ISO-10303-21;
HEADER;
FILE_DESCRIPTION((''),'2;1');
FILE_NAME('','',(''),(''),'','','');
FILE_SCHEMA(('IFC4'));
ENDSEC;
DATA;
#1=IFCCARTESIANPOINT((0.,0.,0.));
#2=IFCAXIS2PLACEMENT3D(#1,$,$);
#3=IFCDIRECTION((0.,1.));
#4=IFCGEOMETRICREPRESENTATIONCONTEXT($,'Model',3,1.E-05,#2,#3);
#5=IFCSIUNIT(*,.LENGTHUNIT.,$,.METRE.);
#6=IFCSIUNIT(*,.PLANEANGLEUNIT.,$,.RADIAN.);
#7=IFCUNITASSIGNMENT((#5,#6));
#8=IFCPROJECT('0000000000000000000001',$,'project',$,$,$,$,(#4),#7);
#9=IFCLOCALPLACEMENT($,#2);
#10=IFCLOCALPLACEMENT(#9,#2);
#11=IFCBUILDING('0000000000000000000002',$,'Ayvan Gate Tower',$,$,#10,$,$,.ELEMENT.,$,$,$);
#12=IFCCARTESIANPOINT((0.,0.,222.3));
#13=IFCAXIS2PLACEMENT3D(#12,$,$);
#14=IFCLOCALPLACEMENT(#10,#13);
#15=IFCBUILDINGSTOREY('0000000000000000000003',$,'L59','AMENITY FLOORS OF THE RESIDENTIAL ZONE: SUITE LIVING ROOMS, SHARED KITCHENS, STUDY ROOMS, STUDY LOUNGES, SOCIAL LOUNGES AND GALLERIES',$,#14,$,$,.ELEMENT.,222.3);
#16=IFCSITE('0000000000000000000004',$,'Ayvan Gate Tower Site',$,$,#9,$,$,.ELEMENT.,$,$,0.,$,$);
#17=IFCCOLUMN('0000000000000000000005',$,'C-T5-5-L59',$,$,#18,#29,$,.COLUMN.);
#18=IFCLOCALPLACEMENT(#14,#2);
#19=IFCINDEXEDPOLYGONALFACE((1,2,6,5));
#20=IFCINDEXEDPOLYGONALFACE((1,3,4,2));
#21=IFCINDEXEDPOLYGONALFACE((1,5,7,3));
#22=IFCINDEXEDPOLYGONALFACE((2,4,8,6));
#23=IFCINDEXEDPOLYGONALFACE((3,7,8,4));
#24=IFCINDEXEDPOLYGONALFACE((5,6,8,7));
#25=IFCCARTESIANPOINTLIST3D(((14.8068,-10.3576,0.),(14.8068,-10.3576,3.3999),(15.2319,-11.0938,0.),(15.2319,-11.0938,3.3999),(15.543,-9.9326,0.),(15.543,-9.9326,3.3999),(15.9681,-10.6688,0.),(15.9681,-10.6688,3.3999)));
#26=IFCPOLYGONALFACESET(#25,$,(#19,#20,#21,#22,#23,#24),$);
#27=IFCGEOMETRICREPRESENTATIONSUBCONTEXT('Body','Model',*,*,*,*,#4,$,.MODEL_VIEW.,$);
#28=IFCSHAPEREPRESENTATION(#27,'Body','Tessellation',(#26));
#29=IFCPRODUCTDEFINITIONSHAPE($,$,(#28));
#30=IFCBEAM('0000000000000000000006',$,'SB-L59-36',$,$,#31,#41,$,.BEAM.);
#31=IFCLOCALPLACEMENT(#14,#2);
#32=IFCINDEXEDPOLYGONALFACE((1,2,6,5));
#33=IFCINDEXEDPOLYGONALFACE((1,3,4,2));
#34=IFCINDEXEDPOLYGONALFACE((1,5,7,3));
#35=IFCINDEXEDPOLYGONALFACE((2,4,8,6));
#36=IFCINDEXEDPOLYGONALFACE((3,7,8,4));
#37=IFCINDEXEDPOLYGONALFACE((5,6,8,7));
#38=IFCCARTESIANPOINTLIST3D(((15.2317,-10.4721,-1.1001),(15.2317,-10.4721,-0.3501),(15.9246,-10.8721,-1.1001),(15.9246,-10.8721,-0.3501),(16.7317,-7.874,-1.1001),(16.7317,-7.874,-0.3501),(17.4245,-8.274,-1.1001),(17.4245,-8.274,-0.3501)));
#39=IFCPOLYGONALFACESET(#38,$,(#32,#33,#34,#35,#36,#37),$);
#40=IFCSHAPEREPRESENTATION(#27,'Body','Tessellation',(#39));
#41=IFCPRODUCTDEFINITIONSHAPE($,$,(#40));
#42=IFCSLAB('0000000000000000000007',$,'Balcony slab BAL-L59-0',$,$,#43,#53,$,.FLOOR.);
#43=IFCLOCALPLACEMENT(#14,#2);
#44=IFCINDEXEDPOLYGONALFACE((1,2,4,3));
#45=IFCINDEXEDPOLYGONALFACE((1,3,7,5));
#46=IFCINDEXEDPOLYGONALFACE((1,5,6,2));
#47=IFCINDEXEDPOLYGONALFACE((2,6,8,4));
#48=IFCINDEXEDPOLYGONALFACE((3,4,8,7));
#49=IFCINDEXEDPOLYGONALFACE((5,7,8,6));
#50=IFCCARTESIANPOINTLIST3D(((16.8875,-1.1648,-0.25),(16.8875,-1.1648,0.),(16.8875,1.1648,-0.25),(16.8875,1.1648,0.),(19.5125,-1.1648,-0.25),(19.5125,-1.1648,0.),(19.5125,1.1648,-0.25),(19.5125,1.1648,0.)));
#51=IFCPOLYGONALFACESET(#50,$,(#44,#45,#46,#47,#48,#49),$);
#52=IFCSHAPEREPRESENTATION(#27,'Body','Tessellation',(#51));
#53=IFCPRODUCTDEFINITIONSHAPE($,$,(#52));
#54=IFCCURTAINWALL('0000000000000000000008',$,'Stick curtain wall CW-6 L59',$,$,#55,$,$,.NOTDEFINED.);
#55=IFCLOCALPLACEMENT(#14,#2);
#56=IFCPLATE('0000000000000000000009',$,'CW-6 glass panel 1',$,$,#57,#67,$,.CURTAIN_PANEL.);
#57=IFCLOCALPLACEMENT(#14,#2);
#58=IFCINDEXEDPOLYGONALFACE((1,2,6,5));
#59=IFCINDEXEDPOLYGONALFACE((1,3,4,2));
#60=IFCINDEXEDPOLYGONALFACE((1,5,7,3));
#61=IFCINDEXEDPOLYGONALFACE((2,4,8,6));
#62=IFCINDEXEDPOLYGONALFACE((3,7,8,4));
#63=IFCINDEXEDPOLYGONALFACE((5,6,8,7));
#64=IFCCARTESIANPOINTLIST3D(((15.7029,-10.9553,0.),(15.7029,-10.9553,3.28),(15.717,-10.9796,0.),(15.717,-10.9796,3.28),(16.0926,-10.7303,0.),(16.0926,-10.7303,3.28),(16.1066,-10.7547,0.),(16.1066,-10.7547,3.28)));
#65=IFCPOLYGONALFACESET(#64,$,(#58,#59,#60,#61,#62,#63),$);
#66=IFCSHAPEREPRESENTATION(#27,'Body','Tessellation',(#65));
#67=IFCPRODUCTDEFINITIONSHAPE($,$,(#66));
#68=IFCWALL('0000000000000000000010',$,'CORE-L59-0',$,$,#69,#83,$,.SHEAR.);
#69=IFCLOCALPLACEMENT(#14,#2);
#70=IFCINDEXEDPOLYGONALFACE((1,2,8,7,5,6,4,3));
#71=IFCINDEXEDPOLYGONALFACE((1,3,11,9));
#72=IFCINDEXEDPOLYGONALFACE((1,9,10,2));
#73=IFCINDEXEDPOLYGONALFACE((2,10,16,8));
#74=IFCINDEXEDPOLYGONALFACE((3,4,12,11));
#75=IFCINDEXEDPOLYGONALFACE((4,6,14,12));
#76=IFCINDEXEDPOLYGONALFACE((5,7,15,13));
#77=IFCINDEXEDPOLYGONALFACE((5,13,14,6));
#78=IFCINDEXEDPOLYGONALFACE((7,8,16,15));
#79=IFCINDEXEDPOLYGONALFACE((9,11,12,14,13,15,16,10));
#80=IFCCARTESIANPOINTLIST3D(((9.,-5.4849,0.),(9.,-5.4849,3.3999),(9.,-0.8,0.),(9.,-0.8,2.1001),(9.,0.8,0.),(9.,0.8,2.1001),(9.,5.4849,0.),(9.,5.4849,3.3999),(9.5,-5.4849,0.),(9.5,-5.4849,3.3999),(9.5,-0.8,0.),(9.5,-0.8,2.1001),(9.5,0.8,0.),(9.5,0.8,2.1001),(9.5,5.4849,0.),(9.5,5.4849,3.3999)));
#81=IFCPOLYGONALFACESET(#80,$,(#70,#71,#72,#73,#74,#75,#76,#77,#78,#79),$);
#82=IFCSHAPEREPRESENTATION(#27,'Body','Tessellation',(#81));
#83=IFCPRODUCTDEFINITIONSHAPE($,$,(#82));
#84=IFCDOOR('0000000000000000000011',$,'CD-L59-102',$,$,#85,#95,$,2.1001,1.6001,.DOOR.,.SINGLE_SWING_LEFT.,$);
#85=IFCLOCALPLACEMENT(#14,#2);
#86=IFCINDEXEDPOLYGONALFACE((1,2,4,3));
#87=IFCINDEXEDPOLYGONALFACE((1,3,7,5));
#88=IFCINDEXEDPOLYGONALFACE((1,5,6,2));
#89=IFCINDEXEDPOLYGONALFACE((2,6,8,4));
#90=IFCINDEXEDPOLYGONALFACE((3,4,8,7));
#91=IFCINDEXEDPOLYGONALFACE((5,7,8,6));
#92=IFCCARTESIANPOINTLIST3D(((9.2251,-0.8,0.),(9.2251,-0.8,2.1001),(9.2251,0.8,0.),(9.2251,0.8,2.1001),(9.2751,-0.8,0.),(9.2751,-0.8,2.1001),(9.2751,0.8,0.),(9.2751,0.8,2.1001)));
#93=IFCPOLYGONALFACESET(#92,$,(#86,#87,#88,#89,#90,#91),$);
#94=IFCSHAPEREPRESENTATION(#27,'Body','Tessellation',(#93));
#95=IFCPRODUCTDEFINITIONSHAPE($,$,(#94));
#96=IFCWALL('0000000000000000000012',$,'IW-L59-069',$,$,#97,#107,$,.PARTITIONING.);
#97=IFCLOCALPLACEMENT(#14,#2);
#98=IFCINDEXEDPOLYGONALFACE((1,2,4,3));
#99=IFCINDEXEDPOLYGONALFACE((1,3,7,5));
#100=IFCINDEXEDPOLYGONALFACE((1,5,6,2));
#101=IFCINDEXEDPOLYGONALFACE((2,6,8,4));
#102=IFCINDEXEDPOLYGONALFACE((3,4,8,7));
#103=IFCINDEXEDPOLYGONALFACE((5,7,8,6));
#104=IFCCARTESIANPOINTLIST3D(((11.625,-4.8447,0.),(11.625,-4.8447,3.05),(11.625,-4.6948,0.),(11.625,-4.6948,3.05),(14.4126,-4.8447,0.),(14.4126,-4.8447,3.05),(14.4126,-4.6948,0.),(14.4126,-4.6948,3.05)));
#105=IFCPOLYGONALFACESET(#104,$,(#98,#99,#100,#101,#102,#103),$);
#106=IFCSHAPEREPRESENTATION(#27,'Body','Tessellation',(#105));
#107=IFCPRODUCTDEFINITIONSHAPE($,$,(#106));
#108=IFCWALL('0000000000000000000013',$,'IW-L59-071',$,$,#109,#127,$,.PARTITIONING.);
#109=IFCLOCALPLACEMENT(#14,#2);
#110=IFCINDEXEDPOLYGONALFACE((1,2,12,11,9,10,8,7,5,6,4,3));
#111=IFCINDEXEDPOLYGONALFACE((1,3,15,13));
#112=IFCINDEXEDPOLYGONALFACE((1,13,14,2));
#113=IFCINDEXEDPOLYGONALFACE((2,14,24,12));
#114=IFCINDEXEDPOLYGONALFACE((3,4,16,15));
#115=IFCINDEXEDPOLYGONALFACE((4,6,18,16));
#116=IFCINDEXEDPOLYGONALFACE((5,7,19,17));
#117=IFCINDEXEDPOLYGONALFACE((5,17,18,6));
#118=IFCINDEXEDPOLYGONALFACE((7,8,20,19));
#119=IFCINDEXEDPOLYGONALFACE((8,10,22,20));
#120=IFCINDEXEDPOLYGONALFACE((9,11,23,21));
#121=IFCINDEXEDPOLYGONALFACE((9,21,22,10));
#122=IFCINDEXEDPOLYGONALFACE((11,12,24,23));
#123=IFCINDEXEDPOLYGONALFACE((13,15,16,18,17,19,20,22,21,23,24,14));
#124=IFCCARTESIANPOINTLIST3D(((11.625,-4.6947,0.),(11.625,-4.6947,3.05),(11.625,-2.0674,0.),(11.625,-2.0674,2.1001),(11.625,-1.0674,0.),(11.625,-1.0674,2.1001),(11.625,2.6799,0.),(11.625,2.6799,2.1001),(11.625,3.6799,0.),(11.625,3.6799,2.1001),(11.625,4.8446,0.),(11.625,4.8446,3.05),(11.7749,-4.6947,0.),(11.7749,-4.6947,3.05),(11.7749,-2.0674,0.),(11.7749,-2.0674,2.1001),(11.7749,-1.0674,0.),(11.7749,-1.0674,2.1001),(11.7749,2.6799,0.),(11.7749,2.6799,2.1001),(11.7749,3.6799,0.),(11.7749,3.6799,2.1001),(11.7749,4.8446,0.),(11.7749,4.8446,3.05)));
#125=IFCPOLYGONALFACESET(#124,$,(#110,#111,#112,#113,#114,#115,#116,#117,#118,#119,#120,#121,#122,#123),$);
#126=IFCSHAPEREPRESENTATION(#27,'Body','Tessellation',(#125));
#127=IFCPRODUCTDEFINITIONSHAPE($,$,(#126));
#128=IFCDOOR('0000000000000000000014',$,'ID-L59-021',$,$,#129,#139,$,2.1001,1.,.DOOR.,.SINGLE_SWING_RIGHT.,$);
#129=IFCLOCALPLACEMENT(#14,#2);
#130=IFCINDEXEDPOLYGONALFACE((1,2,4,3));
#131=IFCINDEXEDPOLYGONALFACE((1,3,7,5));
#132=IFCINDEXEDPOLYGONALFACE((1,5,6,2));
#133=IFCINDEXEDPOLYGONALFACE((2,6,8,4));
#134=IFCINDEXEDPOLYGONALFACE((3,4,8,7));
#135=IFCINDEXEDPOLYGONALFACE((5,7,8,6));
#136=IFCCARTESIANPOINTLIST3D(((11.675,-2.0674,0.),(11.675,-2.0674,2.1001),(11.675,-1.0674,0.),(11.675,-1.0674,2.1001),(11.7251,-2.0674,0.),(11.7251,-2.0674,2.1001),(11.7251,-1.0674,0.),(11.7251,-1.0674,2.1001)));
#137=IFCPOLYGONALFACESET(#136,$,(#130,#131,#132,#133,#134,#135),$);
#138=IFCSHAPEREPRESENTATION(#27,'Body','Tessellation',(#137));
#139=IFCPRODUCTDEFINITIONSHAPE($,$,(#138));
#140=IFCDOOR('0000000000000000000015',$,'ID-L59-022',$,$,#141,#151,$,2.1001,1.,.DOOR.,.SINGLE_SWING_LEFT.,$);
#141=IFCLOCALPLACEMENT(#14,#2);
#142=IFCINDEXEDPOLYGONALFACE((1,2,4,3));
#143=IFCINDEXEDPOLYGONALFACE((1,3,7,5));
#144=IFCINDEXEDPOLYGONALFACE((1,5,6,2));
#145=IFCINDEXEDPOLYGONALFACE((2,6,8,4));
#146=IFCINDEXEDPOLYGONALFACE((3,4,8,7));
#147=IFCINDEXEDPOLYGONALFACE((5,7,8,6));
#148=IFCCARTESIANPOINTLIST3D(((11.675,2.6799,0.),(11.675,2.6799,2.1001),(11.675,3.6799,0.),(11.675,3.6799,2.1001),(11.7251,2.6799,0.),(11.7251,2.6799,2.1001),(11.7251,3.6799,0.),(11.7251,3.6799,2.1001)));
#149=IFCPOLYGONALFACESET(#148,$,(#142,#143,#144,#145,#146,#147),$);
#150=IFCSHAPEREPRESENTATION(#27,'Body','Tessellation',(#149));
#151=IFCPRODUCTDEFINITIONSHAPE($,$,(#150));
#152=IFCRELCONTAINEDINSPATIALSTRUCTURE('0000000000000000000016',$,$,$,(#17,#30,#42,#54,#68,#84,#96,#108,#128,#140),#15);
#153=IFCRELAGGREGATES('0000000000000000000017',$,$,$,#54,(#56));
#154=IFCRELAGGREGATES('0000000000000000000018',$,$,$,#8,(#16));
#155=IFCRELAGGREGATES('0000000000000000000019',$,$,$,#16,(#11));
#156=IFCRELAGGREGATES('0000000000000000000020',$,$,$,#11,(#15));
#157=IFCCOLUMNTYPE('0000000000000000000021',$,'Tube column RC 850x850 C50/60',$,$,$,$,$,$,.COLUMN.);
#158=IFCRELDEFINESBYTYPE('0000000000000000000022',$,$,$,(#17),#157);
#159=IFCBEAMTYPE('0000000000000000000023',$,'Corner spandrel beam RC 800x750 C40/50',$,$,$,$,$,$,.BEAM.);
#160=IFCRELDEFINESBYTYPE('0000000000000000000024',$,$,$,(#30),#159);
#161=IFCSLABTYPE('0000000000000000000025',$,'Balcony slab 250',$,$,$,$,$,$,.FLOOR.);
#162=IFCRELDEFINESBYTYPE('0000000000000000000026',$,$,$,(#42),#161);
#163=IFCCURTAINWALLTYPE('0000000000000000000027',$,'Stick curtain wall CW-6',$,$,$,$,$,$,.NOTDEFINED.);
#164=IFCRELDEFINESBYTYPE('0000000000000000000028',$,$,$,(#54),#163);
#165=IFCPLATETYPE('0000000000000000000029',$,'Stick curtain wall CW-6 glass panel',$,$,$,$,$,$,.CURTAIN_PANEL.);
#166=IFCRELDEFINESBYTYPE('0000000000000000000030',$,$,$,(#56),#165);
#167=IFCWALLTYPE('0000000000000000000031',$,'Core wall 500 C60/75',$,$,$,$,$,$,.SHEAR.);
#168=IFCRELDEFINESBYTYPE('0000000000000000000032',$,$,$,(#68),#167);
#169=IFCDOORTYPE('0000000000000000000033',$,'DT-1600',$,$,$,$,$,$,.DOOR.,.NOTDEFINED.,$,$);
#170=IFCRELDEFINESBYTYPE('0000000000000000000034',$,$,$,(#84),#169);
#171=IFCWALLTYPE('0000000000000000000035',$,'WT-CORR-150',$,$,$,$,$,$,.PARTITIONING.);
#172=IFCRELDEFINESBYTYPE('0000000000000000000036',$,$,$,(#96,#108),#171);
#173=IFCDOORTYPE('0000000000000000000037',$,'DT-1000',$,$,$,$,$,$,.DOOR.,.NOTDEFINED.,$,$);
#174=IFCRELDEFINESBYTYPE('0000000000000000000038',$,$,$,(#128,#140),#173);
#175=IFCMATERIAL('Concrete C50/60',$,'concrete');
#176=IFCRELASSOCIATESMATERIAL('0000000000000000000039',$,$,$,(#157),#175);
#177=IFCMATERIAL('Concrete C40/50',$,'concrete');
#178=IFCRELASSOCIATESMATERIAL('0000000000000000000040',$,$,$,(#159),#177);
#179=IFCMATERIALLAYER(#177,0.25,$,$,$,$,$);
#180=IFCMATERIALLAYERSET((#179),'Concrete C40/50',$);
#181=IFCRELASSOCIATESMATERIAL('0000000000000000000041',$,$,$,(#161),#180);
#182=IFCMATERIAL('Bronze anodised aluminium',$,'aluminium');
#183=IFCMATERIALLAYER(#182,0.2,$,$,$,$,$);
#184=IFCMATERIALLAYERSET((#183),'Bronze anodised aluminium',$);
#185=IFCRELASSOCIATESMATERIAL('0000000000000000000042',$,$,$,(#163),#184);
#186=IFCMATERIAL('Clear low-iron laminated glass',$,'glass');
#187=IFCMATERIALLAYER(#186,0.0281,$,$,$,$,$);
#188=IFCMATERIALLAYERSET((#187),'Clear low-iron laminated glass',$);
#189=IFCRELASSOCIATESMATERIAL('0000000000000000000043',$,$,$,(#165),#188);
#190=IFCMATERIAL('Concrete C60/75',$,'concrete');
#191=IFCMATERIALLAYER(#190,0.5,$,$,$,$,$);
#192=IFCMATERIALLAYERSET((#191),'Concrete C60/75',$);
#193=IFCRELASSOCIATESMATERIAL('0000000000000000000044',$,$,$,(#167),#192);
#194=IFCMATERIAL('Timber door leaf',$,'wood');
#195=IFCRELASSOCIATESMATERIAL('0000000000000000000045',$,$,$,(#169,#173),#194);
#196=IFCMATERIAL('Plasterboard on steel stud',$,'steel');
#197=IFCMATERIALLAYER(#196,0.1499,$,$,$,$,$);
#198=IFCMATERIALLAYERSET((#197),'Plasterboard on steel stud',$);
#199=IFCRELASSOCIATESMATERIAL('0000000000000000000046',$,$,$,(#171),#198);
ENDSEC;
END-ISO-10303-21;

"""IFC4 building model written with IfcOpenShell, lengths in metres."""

from ifc_helpers import new_model, si_unit, direction, frame, frame_2d, origin, origin_2d, place, context, subcontext, project, spatial, polyline, rectangle, outline, extrude, material, layer, layer_set, material_profile, profile_set, type_object, element, fill, aggregate, save


model = new_model("IFC4")

# Units and contexts
model_context = context("Model", 3, precision=1e-05, world=origin(), true_north=direction((0.0, 1.0)))
body_context = subcontext(model_context, "Body", "Model", "MODEL_VIEW")
ifc_project = project(units=[si_unit("LENGTHUNIT", "METRE"), si_unit("PLANEANGLEUNIT", "RADIAN")], contexts=[model_context])

# Site, building, storey
site_placement = place(None, origin())
site = spatial("IfcSite", under=ifc_project, at=site_placement, Name="Ayvan Gate Tower Site", CompositionType="ELEMENT", RefElevation=0.0)
building_placement = place(site_placement, origin())
building = spatial("IfcBuilding", under=site, at=building_placement, Name="Ayvan Gate Tower", CompositionType="ELEMENT")
storey_placement = place(building_placement, frame((0.0, 0.0, 222.3)))
storey = spatial("IfcBuildingStorey", under=building, at=storey_placement, Name="L59", Description="AMENITY FLOORS OF THE RESIDENTIAL ZONE: SUITE LIVING ROOMS, SHARED KITCHENS, STUDY ROOMS, STUDY LOUNGES, SOCIAL LOUNGES AND GALLERIES", CompositionType="ELEMENT", Elevation=222.3)

# Column
ifc_material_1 = material(Name="Concrete C50/60", Category="concrete")
ifc_material_profile_1 = material_profile(ifc_material_1, rectangle(XDim=0.8501, YDim=0.8501, at=origin_2d()), Name="RC 850x850")
ifc_profile_set_1 = profile_set([ifc_material_profile_1], Name="Concrete C50/60")
column_type = type_object("IfcColumnType", Name="Tube column RC 850x850 C50/60", PredefinedType="COLUMN", material=ifc_profile_set_1)
column_placement = place(storey_placement, frame((15.3875, -10.5132, 0.0), z_axis=(0.0, 0.0, 1.0), x_axis=(0.5, -0.866025, 0.0)))
element("IfcColumn", 1, at=column_placement, inside=storey, type_object=column_type, Name="C-T5-5-L59", PredefinedType="COLUMN", context=body_context, shape_type="SweptSolid", body=[
    extrude(rectangle(XDim=0.8501, YDim=0.8501, at=origin_2d()), origin(), (0.0, 0.0, 1.0), 3.3999),
])

# Beam
ifc_material_2 = material(Name="Concrete C40/50", Category="concrete")
ifc_material_profile_2 = material_profile(ifc_material_2, rectangle(XDim=0.8, YDim=0.75, at=origin_2d()), Name="RC 800x750")
ifc_profile_set_2 = profile_set([ifc_material_profile_2], Name="Concrete C40/50")
beam_type = type_object("IfcBeamType", Name="Corner spandrel beam RC 800x750 C40/50", PredefinedType="BEAM", material=ifc_profile_set_2)
beam_placement = place(storey_placement, frame((15.5781, -10.6721, -0.7251), z_axis=(0.49999, 0.866031, 0.0), x_axis=(-0.866031, 0.49999, 0.0)))
element("IfcBeam", 2, at=beam_placement, inside=storey, type_object=beam_type, Name="SB-L59-36", PredefinedType="BEAM", context=body_context, shape_type="SweptSolid", body=[
    extrude(rectangle(XDim=0.8, YDim=0.75, at=origin_2d()), origin(), (0.0, 0.0, 1.0), 3.0),
])

# Slab
ifc_layer_1 = layer(ifc_material_2, 0.25)
ifc_layer_set_1 = layer_set([ifc_layer_1], Name="Concrete C40/50")
slab_type = type_object("IfcSlabType", Name="Balcony slab 250", PredefinedType="FLOOR", material=ifc_layer_set_1)
slab_placement = place(storey_placement, frame((0.0, 0.0, -0.25)))
element("IfcSlab", 3, at=slab_placement, inside=storey, type_object=slab_type, Name="Balcony slab BAL-L59-0", PredefinedType="FLOOR", context=body_context, shape_type="SweptSolid", body=[
    extrude(outline(polyline([(16.8875, -1.1648), (16.8875, 1.1648), (19.5125, 1.1648), (19.5125, -1.1648), (16.8875, -1.1648)])), origin(), (0.0, 0.0, 1.0), 0.25),
])

# Curtain wall, plate
ifc_material_3 = material(Name="Bronze anodised aluminium", Category="aluminium")
ifc_layer_2 = layer(ifc_material_3, 0.2)
ifc_layer_set_2 = layer_set([ifc_layer_2], Name="Bronze anodised aluminium")
curtain_wall_type = type_object("IfcCurtainWallType", Name="Stick curtain wall CW-6", PredefinedType="NOTDEFINED", material=ifc_layer_set_2)
curtain_wall_placement = place(storey_placement, origin())
curtain_wall = element("IfcCurtainWall", 4, at=curtain_wall_placement, inside=storey, type_object=curtain_wall_type, Name="Stick curtain wall CW-6 L59", PredefinedType="NOTDEFINED")
ifc_material_4 = material(Name="Clear low-iron laminated glass", Category="glass")
ifc_layer_3 = layer(ifc_material_4, 0.0281)
ifc_layer_set_3 = layer_set([ifc_layer_3], Name="Clear low-iron laminated glass")
plate_type = type_object("IfcPlateType", Name="Stick curtain wall CW-6 glass panel", PredefinedType="CURTAIN_PANEL", material=ifc_layer_set_3)
plate_placement = place(storey_placement, frame((15.9048, -10.855, 0.0), z_axis=(0.0, 0.0, 1.0), x_axis=(0.866025, 0.5, 0.0)))
plate = element("IfcPlate", 5, at=plate_placement, type_object=plate_type, Name="CW-6 glass panel 1", PredefinedType="CURTAIN_PANEL", context=body_context, shape_type="SweptSolid", body=[
    extrude(rectangle(XDim=0.45, YDim=0.0281, at=origin_2d()), origin(), (0.0, 0.0, 1.0), 3.28),
])
aggregate(curtain_wall, [plate])

# Wall, opening, door
ifc_material_5 = material(Name="Concrete C60/75", Category="concrete")
ifc_layer_4 = layer(ifc_material_5, 0.5)
ifc_layer_set_4 = layer_set([ifc_layer_4], Name="Concrete C60/75")
wall_type_1 = type_object("IfcWallType", Name="Core wall 500 C60/75", PredefinedType="SHEAR", material=ifc_layer_set_4)
wall_1_placement = place(storey_placement, frame((9.25, -5.4849, 0.0), z_axis=(0.0, 0.0, 1.0), x_axis=(0.0, 1.0, 0.0)))
wall_1 = element("IfcWall", 6, at=wall_1_placement, inside=storey, type_object=wall_type_1, Name="CORE-L59-0", PredefinedType="SHEAR", context=body_context, shape_type="SweptSolid", body=[
    extrude(rectangle(XDim=10.9697, YDim=0.5, at=frame_2d((5.4849, 0.0))), origin(), (0.0, 0.0, 1.0), 3.3999),
])
opening_1_placement = place(wall_1_placement, frame((4.6848, 0.0, 0.0)))
opening_1 = element("IfcOpeningElement", 7, at=opening_1_placement, cuts=wall_1, PredefinedType="OPENING", context=body_context, shape_type="SweptSolid", body=[
    extrude(rectangle(XDim=1.6001, YDim=2.1001, at=frame_2d((0.8, 1.05))), frame((0.0, 0.26, 0.0), z_axis=(0.0, -1.0, 0.0), x_axis=(1.0, 0.0, 0.0)), (0.0, 0.0, 1.0), 0.52),
])
ifc_material_6 = material(Name="Timber door leaf", Category="wood")
door_type_1 = type_object("IfcDoorType", Name="DT-1600", OperationType="NOTDEFINED", PredefinedType="DOOR", material=ifc_material_6)
door_1_placement = place(opening_1_placement, origin())
door_1 = element("IfcDoor", 8, at=door_1_placement, inside=storey, type_object=door_type_1, Name="CD-L59-102", OperationType="SINGLE_SWING_LEFT", OverallHeight=2.1001, OverallWidth=1.6001, PredefinedType="DOOR", context=body_context, shape_type="SweptSolid", body=[
    extrude(rectangle(XDim=1.6001, YDim=2.1001, at=frame_2d((0.8, 1.05))), frame((0.0, 0.0249, 0.0), z_axis=(0.0, -1.0, 0.0), x_axis=(1.0, 0.0, 0.0)), (0.0, 0.0, 1.0), 0.05),
])
fill(opening_1, door_1)

# Wall
ifc_material_7 = material(Name="Plasterboard on steel stud", Category="steel")
ifc_layer_5 = layer(ifc_material_7, 0.1499)
ifc_layer_set_5 = layer_set([ifc_layer_5], Name="Plasterboard on steel stud")
wall_type_2 = type_object("IfcWallType", Name="WT-CORR-150", PredefinedType="PARTITIONING", material=ifc_layer_set_5)
wall_2_placement = place(storey_placement, frame((11.625, -4.7698, 0.0), z_axis=(0.0, 0.0, 1.0), x_axis=(1.0, 0.0, 0.0)))
element("IfcWall", 9, at=wall_2_placement, inside=storey, type_object=wall_type_2, Name="IW-L59-069", PredefinedType="PARTITIONING", context=body_context, shape_type="SweptSolid", body=[
    extrude(rectangle(XDim=2.7876, YDim=0.1499, at=frame_2d((1.3938, 0.0))), origin(), (0.0, 0.0, 1.0), 3.05),
])

# Wall, openings, doors
wall_3_placement = place(storey_placement, frame((11.7, -4.6946, 0.0), z_axis=(0.0, 0.0, 1.0), x_axis=(0.0, 1.0, 0.0)))
wall_3 = element("IfcWall", 10, at=wall_3_placement, inside=storey, type_object=wall_type_2, Name="IW-L59-071", PredefinedType="PARTITIONING", context=body_context, shape_type="SweptSolid", body=[
    extrude(rectangle(XDim=9.5393, YDim=0.1499, at=frame_2d((4.7695, 0.0))), origin(), (0.0, 0.0, 1.0), 3.05),
])
opening_2_placement = place(wall_3_placement, frame((2.6272, 0.0, 0.0)))
opening_2 = element("IfcOpeningElement", 11, at=opening_2_placement, cuts=wall_3, PredefinedType="OPENING", context=body_context, shape_type="SweptSolid", body=[
    extrude(rectangle(XDim=1.0, YDim=2.1001, at=frame_2d((0.5, 1.05))), frame((0.0, 0.085, 0.0), z_axis=(0.0, -1.0, 0.0), x_axis=(1.0, 0.0, 0.0)), (0.0, 0.0, 1.0), 0.1699),
])
opening_3_placement = place(wall_3_placement, frame((7.3745, 0.0, 0.0)))
opening_3 = element("IfcOpeningElement", 12, at=opening_3_placement, cuts=wall_3, PredefinedType="OPENING", context=body_context, shape_type="SweptSolid", body=[
    extrude(rectangle(XDim=1.0, YDim=2.1001, at=frame_2d((0.5, 1.05))), frame((0.0, 0.085, 0.0), z_axis=(0.0, -1.0, 0.0), x_axis=(1.0, 0.0, 0.0)), (0.0, 0.0, 1.0), 0.1699),
])
door_type_2 = type_object("IfcDoorType", Name="DT-1000", OperationType="NOTDEFINED", PredefinedType="DOOR", material=ifc_material_6)
door_2_placement = place(opening_2_placement, origin())
door_2 = element("IfcDoor", 13, at=door_2_placement, inside=storey, type_object=door_type_2, Name="ID-L59-021", OperationType="SINGLE_SWING_RIGHT", OverallHeight=2.1001, OverallWidth=1.0, PredefinedType="DOOR", context=body_context, shape_type="SweptSolid", body=[
    extrude(rectangle(XDim=1.0, YDim=2.1001, at=frame_2d((0.5, 1.05))), frame((0.0, 0.0249, 0.0), z_axis=(0.0, -1.0, 0.0), x_axis=(1.0, 0.0, 0.0)), (0.0, 0.0, 1.0), 0.05),
])
fill(opening_2, door_2)
door_3_placement = place(opening_3_placement, origin())
door_3 = element("IfcDoor", 14, at=door_3_placement, inside=storey, type_object=door_type_2, Name="ID-L59-022", OperationType="SINGLE_SWING_LEFT", OverallHeight=2.1001, OverallWidth=1.0, PredefinedType="DOOR", context=body_context, shape_type="SweptSolid", body=[
    extrude(rectangle(XDim=1.0, YDim=2.1001, at=frame_2d((0.5, 1.05))), frame((0.0, 0.0249, 0.0), z_axis=(0.0, -1.0, 0.0), x_axis=(1.0, 0.0, 0.0)), (0.0, 0.0, 1.0), 0.05),
])
fill(opening_3, door_3)

save(model, "model.ifc")
